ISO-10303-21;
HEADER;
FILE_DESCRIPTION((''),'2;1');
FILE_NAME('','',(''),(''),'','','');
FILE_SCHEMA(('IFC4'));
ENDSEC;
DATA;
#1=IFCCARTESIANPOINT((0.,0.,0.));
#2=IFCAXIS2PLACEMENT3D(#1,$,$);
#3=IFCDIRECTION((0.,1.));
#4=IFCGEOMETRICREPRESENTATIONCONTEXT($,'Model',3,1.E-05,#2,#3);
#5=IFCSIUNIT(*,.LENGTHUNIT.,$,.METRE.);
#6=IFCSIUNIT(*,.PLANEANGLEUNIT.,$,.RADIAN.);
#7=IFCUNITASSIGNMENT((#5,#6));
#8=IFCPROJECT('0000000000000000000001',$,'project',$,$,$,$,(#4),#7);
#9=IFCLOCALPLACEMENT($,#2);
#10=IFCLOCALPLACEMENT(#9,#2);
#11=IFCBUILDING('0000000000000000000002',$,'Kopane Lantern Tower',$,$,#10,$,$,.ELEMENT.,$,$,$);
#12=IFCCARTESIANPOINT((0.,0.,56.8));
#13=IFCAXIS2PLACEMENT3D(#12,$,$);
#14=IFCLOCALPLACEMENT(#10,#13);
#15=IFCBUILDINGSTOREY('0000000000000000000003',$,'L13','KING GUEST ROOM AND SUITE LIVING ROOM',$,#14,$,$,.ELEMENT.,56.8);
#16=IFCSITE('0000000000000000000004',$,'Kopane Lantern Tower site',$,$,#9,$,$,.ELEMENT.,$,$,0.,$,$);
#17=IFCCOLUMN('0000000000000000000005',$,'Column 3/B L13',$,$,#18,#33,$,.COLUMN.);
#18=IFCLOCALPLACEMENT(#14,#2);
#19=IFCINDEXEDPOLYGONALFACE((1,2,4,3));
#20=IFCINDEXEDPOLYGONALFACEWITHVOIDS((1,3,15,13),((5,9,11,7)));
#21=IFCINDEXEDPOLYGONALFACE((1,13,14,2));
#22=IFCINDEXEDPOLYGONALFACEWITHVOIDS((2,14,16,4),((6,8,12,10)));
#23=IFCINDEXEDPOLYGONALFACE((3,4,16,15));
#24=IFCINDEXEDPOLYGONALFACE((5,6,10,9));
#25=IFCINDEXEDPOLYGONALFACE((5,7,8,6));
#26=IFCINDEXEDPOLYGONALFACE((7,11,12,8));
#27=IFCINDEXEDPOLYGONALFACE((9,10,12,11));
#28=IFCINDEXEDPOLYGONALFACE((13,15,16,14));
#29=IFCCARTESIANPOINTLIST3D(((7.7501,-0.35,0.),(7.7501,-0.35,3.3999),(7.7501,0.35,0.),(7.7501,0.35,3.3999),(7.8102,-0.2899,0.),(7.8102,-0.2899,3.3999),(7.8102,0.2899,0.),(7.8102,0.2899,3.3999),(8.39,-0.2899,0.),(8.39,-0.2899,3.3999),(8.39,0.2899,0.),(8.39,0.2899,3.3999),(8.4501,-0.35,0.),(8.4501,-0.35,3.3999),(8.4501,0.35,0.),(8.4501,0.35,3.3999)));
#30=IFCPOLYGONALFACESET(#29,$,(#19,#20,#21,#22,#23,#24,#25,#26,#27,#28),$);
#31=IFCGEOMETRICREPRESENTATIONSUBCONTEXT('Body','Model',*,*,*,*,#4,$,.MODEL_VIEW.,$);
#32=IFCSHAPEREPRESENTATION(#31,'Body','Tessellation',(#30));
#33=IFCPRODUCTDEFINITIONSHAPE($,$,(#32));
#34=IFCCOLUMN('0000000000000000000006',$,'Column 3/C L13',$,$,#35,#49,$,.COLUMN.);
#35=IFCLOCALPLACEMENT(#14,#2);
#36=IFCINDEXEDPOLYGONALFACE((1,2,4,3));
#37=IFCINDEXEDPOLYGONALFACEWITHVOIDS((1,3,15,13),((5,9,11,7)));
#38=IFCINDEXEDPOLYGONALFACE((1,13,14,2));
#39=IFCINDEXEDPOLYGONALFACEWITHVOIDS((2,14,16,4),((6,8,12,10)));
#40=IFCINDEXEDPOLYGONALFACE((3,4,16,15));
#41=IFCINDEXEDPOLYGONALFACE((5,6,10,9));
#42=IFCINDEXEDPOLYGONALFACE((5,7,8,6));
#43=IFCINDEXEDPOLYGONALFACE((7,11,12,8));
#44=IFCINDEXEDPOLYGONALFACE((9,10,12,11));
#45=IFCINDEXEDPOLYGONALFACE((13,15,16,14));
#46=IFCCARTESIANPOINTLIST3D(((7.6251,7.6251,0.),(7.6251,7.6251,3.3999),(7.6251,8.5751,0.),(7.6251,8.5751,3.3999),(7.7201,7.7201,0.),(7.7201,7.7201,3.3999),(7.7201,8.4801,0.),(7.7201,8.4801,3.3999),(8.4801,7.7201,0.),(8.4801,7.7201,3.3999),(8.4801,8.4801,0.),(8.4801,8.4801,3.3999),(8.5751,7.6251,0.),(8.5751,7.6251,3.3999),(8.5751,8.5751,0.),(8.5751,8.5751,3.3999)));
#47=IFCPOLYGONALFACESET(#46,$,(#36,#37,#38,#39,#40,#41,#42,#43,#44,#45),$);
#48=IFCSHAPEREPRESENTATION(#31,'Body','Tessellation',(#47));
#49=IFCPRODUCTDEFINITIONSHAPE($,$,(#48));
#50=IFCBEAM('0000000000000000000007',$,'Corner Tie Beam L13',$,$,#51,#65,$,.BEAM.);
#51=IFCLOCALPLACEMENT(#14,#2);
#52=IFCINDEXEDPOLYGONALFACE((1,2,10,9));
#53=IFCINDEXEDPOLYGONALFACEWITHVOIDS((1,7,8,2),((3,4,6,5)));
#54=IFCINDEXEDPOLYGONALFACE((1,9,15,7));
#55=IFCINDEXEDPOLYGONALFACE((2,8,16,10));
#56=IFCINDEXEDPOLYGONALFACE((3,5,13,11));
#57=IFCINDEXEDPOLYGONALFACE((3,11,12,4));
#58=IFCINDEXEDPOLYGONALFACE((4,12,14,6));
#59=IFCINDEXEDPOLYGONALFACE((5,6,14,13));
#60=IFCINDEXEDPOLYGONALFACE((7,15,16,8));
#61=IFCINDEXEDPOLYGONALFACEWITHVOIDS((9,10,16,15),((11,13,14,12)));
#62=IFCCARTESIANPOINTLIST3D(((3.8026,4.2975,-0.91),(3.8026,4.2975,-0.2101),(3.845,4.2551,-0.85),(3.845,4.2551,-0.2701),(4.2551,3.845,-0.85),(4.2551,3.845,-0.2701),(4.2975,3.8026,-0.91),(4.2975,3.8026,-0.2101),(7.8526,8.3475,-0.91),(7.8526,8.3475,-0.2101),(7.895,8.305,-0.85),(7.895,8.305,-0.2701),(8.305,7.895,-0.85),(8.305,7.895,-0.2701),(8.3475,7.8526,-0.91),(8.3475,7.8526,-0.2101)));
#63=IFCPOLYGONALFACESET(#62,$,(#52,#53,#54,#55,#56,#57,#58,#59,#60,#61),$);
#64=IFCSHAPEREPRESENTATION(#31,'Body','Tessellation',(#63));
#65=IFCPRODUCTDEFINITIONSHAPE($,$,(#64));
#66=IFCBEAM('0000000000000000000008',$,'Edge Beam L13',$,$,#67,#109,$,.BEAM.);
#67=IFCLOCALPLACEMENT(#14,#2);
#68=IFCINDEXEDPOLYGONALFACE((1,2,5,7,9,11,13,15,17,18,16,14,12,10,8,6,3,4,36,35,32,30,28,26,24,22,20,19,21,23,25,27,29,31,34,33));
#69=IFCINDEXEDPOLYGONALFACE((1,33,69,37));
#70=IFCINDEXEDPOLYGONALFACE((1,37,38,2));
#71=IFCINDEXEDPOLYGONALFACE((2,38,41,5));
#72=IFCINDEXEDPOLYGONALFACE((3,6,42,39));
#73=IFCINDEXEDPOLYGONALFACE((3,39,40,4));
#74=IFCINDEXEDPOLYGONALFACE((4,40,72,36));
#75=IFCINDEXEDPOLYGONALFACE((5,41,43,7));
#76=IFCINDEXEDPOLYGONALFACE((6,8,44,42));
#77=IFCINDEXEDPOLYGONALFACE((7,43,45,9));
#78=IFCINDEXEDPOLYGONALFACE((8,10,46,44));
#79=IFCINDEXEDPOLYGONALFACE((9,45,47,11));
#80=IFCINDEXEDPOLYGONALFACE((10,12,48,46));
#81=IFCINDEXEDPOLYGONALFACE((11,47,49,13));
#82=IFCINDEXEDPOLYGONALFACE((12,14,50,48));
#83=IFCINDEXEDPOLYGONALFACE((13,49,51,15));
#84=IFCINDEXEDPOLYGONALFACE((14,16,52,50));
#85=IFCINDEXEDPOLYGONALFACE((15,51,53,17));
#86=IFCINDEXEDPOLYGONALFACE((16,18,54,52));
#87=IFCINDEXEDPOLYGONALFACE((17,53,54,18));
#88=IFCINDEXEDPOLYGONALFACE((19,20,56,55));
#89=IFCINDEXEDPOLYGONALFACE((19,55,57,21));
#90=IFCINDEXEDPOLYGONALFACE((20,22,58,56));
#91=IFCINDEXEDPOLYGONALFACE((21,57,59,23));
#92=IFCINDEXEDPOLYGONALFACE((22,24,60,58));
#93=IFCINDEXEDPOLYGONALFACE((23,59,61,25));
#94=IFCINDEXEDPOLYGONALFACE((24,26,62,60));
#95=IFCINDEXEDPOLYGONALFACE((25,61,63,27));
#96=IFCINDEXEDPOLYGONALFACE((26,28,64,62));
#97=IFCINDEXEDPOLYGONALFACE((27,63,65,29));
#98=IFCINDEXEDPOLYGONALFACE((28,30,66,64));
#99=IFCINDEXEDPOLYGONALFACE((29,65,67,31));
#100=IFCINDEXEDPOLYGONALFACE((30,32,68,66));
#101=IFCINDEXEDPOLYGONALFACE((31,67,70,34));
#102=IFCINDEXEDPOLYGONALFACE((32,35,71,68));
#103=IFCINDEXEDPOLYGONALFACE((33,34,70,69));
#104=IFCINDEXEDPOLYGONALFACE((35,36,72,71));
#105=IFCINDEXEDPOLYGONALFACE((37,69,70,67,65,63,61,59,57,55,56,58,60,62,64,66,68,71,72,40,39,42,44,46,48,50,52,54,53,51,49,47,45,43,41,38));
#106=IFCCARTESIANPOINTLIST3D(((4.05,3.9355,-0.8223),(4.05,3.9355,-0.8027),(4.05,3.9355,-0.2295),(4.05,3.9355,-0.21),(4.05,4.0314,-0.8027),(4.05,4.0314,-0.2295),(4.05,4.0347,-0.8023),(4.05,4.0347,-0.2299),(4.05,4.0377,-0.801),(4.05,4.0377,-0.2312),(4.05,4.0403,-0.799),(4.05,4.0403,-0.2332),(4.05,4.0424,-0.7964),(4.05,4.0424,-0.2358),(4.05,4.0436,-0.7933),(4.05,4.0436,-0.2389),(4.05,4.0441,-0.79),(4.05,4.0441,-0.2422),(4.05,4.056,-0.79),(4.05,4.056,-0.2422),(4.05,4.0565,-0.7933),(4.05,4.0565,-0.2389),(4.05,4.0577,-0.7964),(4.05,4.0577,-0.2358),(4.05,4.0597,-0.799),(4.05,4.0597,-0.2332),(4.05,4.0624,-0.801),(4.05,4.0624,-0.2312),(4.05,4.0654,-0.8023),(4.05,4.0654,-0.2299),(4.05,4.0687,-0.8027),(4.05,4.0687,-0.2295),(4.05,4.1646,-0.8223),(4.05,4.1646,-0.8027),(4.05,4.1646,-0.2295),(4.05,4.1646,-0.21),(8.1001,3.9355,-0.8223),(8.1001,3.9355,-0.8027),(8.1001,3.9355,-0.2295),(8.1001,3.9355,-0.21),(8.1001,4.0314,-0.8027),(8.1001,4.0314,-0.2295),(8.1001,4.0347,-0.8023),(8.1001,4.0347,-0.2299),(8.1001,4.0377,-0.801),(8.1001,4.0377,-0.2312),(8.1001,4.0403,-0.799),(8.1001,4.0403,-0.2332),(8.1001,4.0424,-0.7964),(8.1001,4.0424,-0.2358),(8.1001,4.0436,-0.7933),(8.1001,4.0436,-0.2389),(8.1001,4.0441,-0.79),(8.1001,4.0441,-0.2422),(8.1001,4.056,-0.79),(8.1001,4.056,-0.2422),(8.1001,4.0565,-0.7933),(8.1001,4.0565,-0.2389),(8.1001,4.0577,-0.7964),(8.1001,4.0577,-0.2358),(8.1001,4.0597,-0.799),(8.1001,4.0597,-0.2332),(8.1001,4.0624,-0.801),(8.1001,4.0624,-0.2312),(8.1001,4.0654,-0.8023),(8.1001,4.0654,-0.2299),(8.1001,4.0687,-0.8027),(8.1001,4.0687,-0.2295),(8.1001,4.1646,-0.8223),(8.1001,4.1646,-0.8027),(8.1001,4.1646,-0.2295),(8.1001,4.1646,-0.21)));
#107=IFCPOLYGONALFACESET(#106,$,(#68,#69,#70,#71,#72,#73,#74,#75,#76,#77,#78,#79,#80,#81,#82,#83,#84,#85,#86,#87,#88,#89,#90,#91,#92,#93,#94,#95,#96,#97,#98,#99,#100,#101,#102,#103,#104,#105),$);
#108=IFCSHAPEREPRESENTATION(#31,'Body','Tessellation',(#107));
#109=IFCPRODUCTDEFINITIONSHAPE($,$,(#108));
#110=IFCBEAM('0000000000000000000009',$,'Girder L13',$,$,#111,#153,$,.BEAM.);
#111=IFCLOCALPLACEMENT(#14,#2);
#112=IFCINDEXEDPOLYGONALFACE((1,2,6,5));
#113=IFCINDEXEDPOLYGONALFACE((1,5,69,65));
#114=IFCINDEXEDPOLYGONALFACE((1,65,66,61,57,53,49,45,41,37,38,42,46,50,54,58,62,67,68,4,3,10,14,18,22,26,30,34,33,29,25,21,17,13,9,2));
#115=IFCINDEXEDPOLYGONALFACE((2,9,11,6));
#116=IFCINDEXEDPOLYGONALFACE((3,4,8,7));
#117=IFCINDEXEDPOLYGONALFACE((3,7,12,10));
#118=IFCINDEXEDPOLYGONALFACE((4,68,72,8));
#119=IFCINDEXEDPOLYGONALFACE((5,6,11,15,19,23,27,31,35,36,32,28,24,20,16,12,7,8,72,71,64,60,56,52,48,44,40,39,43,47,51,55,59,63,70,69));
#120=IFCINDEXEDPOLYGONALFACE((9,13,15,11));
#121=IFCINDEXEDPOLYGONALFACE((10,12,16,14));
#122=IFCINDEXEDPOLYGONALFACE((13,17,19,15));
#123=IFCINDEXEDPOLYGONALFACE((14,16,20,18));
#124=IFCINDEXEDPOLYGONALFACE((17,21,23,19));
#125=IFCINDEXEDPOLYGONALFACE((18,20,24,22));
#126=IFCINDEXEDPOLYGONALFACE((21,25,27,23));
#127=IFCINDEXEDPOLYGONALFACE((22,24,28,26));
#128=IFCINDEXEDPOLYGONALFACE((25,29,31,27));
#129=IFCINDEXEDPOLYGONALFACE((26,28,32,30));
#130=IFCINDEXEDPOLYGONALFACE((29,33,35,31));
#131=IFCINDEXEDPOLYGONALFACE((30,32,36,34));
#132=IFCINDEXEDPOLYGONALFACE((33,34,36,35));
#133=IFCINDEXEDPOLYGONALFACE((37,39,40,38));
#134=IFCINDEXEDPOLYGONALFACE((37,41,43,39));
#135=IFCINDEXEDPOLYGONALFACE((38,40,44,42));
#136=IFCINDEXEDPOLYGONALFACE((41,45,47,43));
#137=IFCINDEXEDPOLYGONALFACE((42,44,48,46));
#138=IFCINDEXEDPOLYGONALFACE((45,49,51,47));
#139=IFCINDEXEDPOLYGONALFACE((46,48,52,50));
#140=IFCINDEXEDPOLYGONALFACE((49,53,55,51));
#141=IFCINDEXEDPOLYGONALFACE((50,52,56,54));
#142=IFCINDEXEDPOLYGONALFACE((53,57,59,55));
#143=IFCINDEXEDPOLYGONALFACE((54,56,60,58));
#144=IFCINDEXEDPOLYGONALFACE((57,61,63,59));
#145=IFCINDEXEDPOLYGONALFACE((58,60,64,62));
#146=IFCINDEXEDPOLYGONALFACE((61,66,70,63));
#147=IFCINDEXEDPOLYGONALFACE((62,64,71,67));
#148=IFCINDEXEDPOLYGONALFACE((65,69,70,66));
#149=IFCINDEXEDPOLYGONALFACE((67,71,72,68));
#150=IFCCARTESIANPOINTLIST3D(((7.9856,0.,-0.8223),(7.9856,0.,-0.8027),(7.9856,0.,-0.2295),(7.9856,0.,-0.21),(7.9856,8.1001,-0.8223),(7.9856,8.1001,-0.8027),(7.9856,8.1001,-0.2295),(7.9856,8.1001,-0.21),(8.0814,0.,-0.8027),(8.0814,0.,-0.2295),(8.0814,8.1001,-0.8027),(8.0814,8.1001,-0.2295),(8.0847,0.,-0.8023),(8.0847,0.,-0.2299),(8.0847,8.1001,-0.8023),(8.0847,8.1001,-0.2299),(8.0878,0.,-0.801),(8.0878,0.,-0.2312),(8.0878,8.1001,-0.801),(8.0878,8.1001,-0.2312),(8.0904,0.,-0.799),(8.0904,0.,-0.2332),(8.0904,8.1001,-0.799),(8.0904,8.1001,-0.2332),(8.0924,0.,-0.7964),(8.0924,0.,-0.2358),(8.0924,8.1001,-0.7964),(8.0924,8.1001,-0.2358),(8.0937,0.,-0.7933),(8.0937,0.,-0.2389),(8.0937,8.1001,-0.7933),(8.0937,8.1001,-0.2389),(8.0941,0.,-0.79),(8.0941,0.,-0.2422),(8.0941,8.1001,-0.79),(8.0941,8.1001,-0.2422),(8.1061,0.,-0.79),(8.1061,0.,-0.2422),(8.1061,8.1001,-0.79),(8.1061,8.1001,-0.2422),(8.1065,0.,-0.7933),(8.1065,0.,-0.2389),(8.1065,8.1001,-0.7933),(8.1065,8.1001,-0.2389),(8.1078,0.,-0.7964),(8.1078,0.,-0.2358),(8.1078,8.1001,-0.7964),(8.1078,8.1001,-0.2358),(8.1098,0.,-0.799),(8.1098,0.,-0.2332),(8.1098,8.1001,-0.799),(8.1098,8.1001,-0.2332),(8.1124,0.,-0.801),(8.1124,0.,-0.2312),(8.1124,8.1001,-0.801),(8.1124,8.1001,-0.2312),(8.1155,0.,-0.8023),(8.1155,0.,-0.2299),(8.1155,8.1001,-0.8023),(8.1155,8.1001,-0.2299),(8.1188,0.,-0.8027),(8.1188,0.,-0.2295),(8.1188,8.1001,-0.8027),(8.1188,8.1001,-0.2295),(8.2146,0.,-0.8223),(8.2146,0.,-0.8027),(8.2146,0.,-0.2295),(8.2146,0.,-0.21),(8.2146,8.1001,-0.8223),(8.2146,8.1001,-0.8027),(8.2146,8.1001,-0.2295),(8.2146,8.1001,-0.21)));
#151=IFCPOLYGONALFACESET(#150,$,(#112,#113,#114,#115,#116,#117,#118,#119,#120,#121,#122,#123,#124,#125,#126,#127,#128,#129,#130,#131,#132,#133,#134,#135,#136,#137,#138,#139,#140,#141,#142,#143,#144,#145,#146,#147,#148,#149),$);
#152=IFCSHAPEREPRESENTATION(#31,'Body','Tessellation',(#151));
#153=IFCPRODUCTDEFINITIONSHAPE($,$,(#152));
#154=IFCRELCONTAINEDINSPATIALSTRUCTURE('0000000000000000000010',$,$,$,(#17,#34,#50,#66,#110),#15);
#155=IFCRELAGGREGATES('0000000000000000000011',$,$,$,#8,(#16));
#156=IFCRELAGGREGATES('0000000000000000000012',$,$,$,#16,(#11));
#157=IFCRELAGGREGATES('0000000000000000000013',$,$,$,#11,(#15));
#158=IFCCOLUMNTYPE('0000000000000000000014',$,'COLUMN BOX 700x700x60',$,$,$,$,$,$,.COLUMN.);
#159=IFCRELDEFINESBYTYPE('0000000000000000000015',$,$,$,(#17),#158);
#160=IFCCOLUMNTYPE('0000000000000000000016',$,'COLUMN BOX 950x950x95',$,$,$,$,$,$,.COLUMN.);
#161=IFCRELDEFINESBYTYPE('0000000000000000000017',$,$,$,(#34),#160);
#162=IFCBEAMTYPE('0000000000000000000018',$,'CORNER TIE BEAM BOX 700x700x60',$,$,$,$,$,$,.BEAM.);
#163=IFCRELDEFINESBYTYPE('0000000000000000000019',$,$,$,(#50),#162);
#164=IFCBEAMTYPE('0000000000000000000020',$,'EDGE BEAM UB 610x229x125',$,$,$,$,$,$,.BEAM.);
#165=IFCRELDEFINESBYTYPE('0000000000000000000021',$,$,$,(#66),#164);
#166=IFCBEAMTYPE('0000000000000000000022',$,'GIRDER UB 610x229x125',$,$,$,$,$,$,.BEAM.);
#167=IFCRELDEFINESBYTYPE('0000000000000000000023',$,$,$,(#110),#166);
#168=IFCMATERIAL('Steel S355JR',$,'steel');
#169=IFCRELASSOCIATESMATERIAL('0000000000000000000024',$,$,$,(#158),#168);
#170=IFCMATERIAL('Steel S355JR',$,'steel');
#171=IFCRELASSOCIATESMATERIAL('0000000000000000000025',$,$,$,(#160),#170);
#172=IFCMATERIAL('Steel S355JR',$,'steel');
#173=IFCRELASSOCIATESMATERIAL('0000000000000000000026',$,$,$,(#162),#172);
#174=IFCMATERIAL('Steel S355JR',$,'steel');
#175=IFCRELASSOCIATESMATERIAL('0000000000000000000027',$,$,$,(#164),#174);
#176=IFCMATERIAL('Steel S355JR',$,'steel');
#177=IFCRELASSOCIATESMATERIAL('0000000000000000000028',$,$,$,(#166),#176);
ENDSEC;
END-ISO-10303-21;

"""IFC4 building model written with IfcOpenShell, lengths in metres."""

from ifc_helpers import new_model, si_unit, direction, frame, origin, origin_2d, place, context, subcontext, project, spatial, hollow_rectangle, i_section, extrude, material, material_profile, profile_set, type_object, element, save


model = new_model("IFC4")

# Units and contexts
model_context = context("Model", 3, precision=1e-05, world=origin(), true_north=direction((0.0, 1.0)))
body_context = subcontext(model_context, "Body", "Model", "MODEL_VIEW")
ifc_project = project(units=[si_unit("LENGTHUNIT", "METRE"), si_unit("PLANEANGLEUNIT", "RADIAN")], contexts=[model_context])

# Site, building, storey
site_placement = place(None, origin())
site = spatial("IfcSite", under=ifc_project, at=site_placement, Name="Kopane Lantern Tower site", CompositionType="ELEMENT", RefElevation=0.0)
building_placement = place(site_placement, origin())
building = spatial("IfcBuilding", under=site, at=building_placement, Name="Kopane Lantern Tower", CompositionType="ELEMENT")
storey_placement = place(building_placement, frame((0.0, 0.0, 56.8)))
storey = spatial("IfcBuildingStorey", under=building, at=storey_placement, Name="L13", Description="KING GUEST ROOM AND SUITE LIVING ROOM", CompositionType="ELEMENT", Elevation=56.8)

# Columns
ifc_material_1 = material(Name="Steel S355JR", Category="steel")
ifc_material_profile_1 = material_profile(ifc_material_1, hollow_rectangle(XDim=0.7, YDim=0.7, WallThickness=0.0601, at=origin_2d()), Name="BOX 700x700x60")
ifc_profile_set_1 = profile_set([ifc_material_profile_1], Name="Steel S355JR")
column_type_1 = type_object("IfcColumnType", Name="COLUMN BOX 700x700x60", PredefinedType="COLUMN", material=ifc_profile_set_1)
column_1_placement = place(storey_placement, frame((8.1001, 0.0, 0.0), z_axis=(0.0, 0.0, 1.0), x_axis=(1.0, 0.0, 0.0)))
element("IfcColumn", 1, at=column_1_placement, inside=storey, type_object=column_type_1, Name="Column 3/B L13", PredefinedType="COLUMN", context=body_context, shape_type="SweptSolid", body=[
    extrude(hollow_rectangle(XDim=0.7, YDim=0.7, WallThickness=0.0601, at=origin_2d()), origin(), (0.0, 0.0, 1.0), 3.3999),
])
ifc_material_2 = material(Name="Steel S355JR", Category="steel")
ifc_material_profile_2 = material_profile(ifc_material_2, hollow_rectangle(XDim=0.95, YDim=0.95, WallThickness=0.095, at=origin_2d()), Name="BOX 950x950x95")
ifc_profile_set_2 = profile_set([ifc_material_profile_2], Name="Steel S355JR")
column_type_2 = type_object("IfcColumnType", Name="COLUMN BOX 950x950x95", PredefinedType="COLUMN", material=ifc_profile_set_2)
column_2_placement = place(storey_placement, frame((8.1001, 8.1001, 0.0), z_axis=(0.0, 0.0, 1.0), x_axis=(1.0, 0.0, 0.0)))
element("IfcColumn", 2, at=column_2_placement, inside=storey, type_object=column_type_2, Name="Column 3/C L13", PredefinedType="COLUMN", context=body_context, shape_type="SweptSolid", body=[
    extrude(hollow_rectangle(XDim=0.95, YDim=0.95, WallThickness=0.095, at=origin_2d()), origin(), (0.0, 0.0, 1.0), 3.3999),
])

# Beams
ifc_material_3 = material(Name="Steel S355JR", Category="steel")
ifc_material_profile_3 = material_profile(ifc_material_3, hollow_rectangle(XDim=0.7, YDim=0.7, WallThickness=0.0601, at=origin_2d()), Name="BOX 700x700x60")
ifc_profile_set_3 = profile_set([ifc_material_profile_3], Name="Steel S355JR")
beam_type_1 = type_object("IfcBeamType", Name="CORNER TIE BEAM BOX 700x700x60", PredefinedType="BEAM", material=ifc_profile_set_3)
beam_1_placement = place(storey_placement, frame((4.05, 4.05, -0.5601), z_axis=(0.707107, 0.707107, 0.0), x_axis=(-0.707107, 0.707107, 0.0)))
element("IfcBeam", 3, at=beam_1_placement, inside=storey, type_object=beam_type_1, Name="Corner Tie Beam L13", PredefinedType="BEAM", context=body_context, shape_type="SweptSolid", body=[
    extrude(hollow_rectangle(XDim=0.7, YDim=0.7, WallThickness=0.0601, at=origin_2d()), origin(), (0.0, 0.0, 1.0), 5.7275),
])
ifc_material_4 = material(Name="Steel S355JR", Category="steel")
ifc_material_profile_4 = material_profile(ifc_material_4, i_section(OverallWidth=0.229, OverallDepth=0.6123, WebThickness=0.012, FlangeThickness=0.0195, FilletRadius=0.0127, at=origin_2d()), Name="UB 610x229x125")
ifc_profile_set_4 = profile_set([ifc_material_profile_4], Name="Steel S355JR")
beam_type_2 = type_object("IfcBeamType", Name="EDGE BEAM UB 610x229x125", PredefinedType="BEAM", material=ifc_profile_set_4)
beam_2_placement = place(storey_placement, frame((4.05, 4.05, -0.5161), z_axis=(1.0, 0.0, 0.0), x_axis=(0.0, 1.0, 0.0)))
element("IfcBeam", 4, at=beam_2_placement, inside=storey, type_object=beam_type_2, Name="Edge Beam L13", PredefinedType="BEAM", context=body_context, shape_type="SweptSolid", body=[
    extrude(i_section(OverallWidth=0.229, OverallDepth=0.6123, WebThickness=0.012, FlangeThickness=0.0195, FilletRadius=0.0127, at=origin_2d()), origin(), (0.0, 0.0, 1.0), 4.05),
])
ifc_material_5 = material(Name="Steel S355JR", Category="steel")
ifc_material_profile_5 = material_profile(ifc_material_5, i_section(OverallWidth=0.229, OverallDepth=0.6123, WebThickness=0.012, FlangeThickness=0.0195, FilletRadius=0.0127, at=origin_2d()), Name="UB 610x229x125")
ifc_profile_set_5 = profile_set([ifc_material_profile_5], Name="Steel S355JR")
beam_type_3 = type_object("IfcBeamType", Name="GIRDER UB 610x229x125", PredefinedType="BEAM", material=ifc_profile_set_5)
beam_3_placement = place(storey_placement, frame((8.1001, 0.0, -0.5161), z_axis=(0.0, 1.0, 0.0), x_axis=(-1.0, 0.0, 0.0)))
element("IfcBeam", 5, at=beam_3_placement, inside=storey, type_object=beam_type_3, Name="Girder L13", PredefinedType="BEAM", context=body_context, shape_type="SweptSolid", body=[
    extrude(i_section(OverallWidth=0.229, OverallDepth=0.6123, WebThickness=0.012, FlangeThickness=0.0195, FilletRadius=0.0127, at=origin_2d()), origin(), (0.0, 0.0, 1.0), 8.1001),
])

save(model, "model.ifc")
